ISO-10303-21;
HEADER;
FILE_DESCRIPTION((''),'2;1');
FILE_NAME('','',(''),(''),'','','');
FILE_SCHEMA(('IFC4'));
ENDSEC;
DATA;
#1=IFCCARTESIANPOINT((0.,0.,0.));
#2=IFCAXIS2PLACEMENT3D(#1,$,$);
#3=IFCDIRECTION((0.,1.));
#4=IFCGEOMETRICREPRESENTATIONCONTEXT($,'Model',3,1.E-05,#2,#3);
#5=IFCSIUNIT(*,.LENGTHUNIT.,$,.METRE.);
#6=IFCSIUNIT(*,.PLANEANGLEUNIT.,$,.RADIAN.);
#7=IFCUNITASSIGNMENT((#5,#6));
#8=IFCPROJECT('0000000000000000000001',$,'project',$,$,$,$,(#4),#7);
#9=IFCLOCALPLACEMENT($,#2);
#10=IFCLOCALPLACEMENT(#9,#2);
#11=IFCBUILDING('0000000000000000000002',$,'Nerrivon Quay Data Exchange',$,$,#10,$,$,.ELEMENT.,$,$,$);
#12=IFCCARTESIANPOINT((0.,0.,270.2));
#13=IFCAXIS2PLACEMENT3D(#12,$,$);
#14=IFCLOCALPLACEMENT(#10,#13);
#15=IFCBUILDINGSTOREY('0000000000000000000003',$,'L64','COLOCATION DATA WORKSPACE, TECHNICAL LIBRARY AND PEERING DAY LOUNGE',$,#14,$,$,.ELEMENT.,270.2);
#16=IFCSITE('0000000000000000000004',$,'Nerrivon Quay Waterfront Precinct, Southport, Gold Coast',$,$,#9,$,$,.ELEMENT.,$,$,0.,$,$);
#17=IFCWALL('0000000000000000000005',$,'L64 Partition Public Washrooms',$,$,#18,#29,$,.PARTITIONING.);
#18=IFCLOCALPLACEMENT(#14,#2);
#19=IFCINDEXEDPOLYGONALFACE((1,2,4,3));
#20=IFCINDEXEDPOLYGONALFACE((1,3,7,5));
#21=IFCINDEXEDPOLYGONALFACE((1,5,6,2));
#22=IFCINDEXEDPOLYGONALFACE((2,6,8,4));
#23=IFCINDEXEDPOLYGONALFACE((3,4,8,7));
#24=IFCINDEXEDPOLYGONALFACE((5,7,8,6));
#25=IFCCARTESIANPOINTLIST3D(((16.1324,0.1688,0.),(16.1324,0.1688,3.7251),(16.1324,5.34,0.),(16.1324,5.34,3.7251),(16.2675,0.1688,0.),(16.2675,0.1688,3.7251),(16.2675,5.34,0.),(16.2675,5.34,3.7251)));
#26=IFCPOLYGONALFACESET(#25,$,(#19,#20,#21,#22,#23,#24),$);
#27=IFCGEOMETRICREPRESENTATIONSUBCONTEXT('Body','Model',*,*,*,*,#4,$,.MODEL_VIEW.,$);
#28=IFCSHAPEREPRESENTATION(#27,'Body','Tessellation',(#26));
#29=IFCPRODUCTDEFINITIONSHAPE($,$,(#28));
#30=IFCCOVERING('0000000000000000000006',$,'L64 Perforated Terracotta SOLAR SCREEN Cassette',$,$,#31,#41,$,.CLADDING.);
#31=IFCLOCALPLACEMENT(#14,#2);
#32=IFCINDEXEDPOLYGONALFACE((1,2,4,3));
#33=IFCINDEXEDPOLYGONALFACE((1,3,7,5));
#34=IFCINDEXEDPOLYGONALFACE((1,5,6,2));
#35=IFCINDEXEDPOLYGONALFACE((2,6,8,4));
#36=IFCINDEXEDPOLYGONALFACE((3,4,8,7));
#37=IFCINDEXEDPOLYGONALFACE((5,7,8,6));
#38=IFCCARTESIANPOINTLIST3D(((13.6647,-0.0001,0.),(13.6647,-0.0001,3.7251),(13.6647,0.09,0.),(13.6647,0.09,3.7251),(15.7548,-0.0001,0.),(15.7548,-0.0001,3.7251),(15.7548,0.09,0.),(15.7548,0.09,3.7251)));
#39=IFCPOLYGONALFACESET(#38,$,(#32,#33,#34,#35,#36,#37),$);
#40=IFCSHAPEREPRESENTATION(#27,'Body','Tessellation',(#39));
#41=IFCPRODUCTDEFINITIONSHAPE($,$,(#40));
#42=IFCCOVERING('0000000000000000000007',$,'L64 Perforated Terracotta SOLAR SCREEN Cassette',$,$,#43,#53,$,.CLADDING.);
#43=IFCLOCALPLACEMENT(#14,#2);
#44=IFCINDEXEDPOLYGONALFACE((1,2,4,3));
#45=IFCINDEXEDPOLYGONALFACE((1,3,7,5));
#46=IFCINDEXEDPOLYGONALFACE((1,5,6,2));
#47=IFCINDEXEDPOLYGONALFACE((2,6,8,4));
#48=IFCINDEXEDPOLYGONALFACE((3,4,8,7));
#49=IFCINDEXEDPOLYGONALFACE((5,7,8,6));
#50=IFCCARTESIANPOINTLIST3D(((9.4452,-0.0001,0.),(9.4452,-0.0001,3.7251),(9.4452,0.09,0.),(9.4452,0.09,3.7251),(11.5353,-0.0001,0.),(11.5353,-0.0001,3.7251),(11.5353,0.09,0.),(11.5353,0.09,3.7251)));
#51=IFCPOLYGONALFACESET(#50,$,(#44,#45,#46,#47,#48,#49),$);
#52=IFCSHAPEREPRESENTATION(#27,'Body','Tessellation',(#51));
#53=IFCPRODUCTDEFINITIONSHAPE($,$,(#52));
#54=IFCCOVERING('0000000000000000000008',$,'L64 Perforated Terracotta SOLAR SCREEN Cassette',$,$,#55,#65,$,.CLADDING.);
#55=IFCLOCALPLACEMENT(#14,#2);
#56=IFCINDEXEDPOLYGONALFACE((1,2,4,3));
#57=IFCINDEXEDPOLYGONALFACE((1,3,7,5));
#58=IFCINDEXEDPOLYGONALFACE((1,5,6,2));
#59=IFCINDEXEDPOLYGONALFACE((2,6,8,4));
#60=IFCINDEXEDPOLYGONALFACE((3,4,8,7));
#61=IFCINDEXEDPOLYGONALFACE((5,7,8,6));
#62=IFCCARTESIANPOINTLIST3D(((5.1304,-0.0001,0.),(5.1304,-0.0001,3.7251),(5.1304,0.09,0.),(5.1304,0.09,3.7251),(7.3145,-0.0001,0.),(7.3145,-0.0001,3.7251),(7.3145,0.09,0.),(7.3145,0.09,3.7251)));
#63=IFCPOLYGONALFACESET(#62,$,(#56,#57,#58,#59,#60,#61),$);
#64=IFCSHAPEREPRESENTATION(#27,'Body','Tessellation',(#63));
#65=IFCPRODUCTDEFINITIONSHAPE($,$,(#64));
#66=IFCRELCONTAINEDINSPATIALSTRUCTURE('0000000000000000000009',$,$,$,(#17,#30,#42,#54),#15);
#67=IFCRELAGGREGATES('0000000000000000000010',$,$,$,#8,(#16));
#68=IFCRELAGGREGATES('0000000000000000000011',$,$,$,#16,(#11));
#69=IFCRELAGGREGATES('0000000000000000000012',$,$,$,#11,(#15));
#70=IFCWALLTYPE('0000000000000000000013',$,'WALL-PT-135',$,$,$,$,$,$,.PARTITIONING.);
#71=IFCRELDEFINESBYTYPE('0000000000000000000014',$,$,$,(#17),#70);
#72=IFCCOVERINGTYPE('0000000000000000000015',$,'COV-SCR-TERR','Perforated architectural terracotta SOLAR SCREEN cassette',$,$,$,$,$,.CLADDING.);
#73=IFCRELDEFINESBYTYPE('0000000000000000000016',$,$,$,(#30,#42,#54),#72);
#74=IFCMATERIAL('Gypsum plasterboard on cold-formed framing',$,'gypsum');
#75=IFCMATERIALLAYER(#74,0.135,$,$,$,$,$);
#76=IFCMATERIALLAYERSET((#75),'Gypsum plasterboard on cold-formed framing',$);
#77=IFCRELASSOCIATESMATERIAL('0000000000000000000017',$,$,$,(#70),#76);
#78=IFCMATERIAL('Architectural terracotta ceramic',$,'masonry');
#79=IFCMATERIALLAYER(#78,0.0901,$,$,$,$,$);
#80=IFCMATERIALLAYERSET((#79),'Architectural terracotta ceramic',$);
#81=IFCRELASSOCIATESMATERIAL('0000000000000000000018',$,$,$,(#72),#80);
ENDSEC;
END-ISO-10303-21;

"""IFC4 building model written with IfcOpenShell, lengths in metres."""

from ifc_helpers import new_model, si_unit, direction, frame, frame_2d, origin, origin_2d, place, context, subcontext, project, spatial, rectangle, extrude, material, layer, layer_set, type_object, element, save


model = new_model("IFC4")

# Units and contexts
model_context = context("Model", 3, precision=1e-05, world=origin(), true_north=direction((0.0, 1.0)))
body_context = subcontext(model_context, "Body", "Model", "MODEL_VIEW")
ifc_project = project(units=[si_unit("LENGTHUNIT", "METRE"), si_unit("PLANEANGLEUNIT", "RADIAN")], contexts=[model_context])

# Site, building, storey
site_placement = place(None, origin())
site = spatial("IfcSite", under=ifc_project, at=site_placement, Name="Nerrivon Quay Waterfront Precinct, Southport, Gold Coast", CompositionType="ELEMENT", RefElevation=0.0)
building_placement = place(site_placement, origin())
building = spatial("IfcBuilding", under=site, at=building_placement, Name="Nerrivon Quay Data Exchange", CompositionType="ELEMENT")
storey_placement = place(building_placement, frame((0.0, 0.0, 270.2)))
storey = spatial("IfcBuildingStorey", under=building, at=storey_placement, Name="L64", Description="COLOCATION DATA WORKSPACE, TECHNICAL LIBRARY AND PEERING DAY LOUNGE", CompositionType="ELEMENT", Elevation=270.2)

# Wall
ifc_material_1 = material(Name="Gypsum plasterboard on cold-formed framing", Category="gypsum")
ifc_layer_1 = layer(ifc_material_1, 0.135)
ifc_layer_set_1 = layer_set([ifc_layer_1], Name="Gypsum plasterboard on cold-formed framing")
wall_type_1 = type_object("IfcWallType", Name="WALL-PT-135", PredefinedType="PARTITIONING", material=ifc_layer_set_1)
wall_1_placement = place(storey_placement, frame((16.2, 0.1689, 0.0), z_axis=(0.0, 0.0, 1.0), x_axis=(0.0, 1.0, 0.0)))
element("IfcWall", 1, at=wall_1_placement, inside=storey, type_object=wall_type_1, Name="L64 Partition Public Washrooms", PredefinedType="PARTITIONING", context=body_context, shape_type="SweptSolid", body=[
    extrude(rectangle(XDim=5.1711, YDim=0.135, at=frame_2d((2.5854, 0.0))), origin(), (0.0, 0.0, 1.0), 3.7251),
])

# Coverings
ifc_material_2 = material(Name="Architectural terracotta ceramic", Category="masonry")
ifc_layer_2 = layer(ifc_material_2, 0.0901)
ifc_layer_set_2 = layer_set([ifc_layer_2], Name="Architectural terracotta ceramic")
covering_type = type_object("IfcCoveringType", Name="COV-SCR-TERR", Description="Perforated architectural terracotta SOLAR SCREEN cassette", PredefinedType="CLADDING", material=ifc_layer_set_2)
for number, where, z_axis, x_axis, name in (
    (2, (14.7097, 0.0449, 0.0), (0.0, 0.0, 1.0), (-1.0, 0.0, 0.0), "L64 Perforated Terracotta SOLAR SCREEN Cassette"),
    (3, (10.4902, 0.0449, 0.0), (0.0, 0.0, 1.0), (-1.0, 0.0, 0.0), "L64 Perforated Terracotta SOLAR SCREEN Cassette"),
):
    element("IfcCovering", number, at=place(storey_placement, frame(where, z_axis=z_axis, x_axis=x_axis)), inside=storey, type_object=covering_type, Name=name, PredefinedType="CLADDING", context=body_context, shape_type="SweptSolid", body=[
        extrude(rectangle(XDim=2.0901, YDim=0.0901, at=origin_2d()), origin(), (0.0, 0.0, 1.0), 3.7251),
    ])
covering_placement = place(storey_placement, frame((6.2224, 0.0449, 0.0), z_axis=(0.0, 0.0, 1.0), x_axis=(-1.0, 0.0, 0.0)))
element("IfcCovering", 4, at=covering_placement, inside=storey, type_object=covering_type, Name="L64 Perforated Terracotta SOLAR SCREEN Cassette", PredefinedType="CLADDING", context=body_context, shape_type="SweptSolid", body=[
    extrude(rectangle(XDim=2.1841, YDim=0.0901, at=origin_2d()), origin(), (0.0, 0.0, 1.0), 3.7251),
])

save(model, "model.ifc")
